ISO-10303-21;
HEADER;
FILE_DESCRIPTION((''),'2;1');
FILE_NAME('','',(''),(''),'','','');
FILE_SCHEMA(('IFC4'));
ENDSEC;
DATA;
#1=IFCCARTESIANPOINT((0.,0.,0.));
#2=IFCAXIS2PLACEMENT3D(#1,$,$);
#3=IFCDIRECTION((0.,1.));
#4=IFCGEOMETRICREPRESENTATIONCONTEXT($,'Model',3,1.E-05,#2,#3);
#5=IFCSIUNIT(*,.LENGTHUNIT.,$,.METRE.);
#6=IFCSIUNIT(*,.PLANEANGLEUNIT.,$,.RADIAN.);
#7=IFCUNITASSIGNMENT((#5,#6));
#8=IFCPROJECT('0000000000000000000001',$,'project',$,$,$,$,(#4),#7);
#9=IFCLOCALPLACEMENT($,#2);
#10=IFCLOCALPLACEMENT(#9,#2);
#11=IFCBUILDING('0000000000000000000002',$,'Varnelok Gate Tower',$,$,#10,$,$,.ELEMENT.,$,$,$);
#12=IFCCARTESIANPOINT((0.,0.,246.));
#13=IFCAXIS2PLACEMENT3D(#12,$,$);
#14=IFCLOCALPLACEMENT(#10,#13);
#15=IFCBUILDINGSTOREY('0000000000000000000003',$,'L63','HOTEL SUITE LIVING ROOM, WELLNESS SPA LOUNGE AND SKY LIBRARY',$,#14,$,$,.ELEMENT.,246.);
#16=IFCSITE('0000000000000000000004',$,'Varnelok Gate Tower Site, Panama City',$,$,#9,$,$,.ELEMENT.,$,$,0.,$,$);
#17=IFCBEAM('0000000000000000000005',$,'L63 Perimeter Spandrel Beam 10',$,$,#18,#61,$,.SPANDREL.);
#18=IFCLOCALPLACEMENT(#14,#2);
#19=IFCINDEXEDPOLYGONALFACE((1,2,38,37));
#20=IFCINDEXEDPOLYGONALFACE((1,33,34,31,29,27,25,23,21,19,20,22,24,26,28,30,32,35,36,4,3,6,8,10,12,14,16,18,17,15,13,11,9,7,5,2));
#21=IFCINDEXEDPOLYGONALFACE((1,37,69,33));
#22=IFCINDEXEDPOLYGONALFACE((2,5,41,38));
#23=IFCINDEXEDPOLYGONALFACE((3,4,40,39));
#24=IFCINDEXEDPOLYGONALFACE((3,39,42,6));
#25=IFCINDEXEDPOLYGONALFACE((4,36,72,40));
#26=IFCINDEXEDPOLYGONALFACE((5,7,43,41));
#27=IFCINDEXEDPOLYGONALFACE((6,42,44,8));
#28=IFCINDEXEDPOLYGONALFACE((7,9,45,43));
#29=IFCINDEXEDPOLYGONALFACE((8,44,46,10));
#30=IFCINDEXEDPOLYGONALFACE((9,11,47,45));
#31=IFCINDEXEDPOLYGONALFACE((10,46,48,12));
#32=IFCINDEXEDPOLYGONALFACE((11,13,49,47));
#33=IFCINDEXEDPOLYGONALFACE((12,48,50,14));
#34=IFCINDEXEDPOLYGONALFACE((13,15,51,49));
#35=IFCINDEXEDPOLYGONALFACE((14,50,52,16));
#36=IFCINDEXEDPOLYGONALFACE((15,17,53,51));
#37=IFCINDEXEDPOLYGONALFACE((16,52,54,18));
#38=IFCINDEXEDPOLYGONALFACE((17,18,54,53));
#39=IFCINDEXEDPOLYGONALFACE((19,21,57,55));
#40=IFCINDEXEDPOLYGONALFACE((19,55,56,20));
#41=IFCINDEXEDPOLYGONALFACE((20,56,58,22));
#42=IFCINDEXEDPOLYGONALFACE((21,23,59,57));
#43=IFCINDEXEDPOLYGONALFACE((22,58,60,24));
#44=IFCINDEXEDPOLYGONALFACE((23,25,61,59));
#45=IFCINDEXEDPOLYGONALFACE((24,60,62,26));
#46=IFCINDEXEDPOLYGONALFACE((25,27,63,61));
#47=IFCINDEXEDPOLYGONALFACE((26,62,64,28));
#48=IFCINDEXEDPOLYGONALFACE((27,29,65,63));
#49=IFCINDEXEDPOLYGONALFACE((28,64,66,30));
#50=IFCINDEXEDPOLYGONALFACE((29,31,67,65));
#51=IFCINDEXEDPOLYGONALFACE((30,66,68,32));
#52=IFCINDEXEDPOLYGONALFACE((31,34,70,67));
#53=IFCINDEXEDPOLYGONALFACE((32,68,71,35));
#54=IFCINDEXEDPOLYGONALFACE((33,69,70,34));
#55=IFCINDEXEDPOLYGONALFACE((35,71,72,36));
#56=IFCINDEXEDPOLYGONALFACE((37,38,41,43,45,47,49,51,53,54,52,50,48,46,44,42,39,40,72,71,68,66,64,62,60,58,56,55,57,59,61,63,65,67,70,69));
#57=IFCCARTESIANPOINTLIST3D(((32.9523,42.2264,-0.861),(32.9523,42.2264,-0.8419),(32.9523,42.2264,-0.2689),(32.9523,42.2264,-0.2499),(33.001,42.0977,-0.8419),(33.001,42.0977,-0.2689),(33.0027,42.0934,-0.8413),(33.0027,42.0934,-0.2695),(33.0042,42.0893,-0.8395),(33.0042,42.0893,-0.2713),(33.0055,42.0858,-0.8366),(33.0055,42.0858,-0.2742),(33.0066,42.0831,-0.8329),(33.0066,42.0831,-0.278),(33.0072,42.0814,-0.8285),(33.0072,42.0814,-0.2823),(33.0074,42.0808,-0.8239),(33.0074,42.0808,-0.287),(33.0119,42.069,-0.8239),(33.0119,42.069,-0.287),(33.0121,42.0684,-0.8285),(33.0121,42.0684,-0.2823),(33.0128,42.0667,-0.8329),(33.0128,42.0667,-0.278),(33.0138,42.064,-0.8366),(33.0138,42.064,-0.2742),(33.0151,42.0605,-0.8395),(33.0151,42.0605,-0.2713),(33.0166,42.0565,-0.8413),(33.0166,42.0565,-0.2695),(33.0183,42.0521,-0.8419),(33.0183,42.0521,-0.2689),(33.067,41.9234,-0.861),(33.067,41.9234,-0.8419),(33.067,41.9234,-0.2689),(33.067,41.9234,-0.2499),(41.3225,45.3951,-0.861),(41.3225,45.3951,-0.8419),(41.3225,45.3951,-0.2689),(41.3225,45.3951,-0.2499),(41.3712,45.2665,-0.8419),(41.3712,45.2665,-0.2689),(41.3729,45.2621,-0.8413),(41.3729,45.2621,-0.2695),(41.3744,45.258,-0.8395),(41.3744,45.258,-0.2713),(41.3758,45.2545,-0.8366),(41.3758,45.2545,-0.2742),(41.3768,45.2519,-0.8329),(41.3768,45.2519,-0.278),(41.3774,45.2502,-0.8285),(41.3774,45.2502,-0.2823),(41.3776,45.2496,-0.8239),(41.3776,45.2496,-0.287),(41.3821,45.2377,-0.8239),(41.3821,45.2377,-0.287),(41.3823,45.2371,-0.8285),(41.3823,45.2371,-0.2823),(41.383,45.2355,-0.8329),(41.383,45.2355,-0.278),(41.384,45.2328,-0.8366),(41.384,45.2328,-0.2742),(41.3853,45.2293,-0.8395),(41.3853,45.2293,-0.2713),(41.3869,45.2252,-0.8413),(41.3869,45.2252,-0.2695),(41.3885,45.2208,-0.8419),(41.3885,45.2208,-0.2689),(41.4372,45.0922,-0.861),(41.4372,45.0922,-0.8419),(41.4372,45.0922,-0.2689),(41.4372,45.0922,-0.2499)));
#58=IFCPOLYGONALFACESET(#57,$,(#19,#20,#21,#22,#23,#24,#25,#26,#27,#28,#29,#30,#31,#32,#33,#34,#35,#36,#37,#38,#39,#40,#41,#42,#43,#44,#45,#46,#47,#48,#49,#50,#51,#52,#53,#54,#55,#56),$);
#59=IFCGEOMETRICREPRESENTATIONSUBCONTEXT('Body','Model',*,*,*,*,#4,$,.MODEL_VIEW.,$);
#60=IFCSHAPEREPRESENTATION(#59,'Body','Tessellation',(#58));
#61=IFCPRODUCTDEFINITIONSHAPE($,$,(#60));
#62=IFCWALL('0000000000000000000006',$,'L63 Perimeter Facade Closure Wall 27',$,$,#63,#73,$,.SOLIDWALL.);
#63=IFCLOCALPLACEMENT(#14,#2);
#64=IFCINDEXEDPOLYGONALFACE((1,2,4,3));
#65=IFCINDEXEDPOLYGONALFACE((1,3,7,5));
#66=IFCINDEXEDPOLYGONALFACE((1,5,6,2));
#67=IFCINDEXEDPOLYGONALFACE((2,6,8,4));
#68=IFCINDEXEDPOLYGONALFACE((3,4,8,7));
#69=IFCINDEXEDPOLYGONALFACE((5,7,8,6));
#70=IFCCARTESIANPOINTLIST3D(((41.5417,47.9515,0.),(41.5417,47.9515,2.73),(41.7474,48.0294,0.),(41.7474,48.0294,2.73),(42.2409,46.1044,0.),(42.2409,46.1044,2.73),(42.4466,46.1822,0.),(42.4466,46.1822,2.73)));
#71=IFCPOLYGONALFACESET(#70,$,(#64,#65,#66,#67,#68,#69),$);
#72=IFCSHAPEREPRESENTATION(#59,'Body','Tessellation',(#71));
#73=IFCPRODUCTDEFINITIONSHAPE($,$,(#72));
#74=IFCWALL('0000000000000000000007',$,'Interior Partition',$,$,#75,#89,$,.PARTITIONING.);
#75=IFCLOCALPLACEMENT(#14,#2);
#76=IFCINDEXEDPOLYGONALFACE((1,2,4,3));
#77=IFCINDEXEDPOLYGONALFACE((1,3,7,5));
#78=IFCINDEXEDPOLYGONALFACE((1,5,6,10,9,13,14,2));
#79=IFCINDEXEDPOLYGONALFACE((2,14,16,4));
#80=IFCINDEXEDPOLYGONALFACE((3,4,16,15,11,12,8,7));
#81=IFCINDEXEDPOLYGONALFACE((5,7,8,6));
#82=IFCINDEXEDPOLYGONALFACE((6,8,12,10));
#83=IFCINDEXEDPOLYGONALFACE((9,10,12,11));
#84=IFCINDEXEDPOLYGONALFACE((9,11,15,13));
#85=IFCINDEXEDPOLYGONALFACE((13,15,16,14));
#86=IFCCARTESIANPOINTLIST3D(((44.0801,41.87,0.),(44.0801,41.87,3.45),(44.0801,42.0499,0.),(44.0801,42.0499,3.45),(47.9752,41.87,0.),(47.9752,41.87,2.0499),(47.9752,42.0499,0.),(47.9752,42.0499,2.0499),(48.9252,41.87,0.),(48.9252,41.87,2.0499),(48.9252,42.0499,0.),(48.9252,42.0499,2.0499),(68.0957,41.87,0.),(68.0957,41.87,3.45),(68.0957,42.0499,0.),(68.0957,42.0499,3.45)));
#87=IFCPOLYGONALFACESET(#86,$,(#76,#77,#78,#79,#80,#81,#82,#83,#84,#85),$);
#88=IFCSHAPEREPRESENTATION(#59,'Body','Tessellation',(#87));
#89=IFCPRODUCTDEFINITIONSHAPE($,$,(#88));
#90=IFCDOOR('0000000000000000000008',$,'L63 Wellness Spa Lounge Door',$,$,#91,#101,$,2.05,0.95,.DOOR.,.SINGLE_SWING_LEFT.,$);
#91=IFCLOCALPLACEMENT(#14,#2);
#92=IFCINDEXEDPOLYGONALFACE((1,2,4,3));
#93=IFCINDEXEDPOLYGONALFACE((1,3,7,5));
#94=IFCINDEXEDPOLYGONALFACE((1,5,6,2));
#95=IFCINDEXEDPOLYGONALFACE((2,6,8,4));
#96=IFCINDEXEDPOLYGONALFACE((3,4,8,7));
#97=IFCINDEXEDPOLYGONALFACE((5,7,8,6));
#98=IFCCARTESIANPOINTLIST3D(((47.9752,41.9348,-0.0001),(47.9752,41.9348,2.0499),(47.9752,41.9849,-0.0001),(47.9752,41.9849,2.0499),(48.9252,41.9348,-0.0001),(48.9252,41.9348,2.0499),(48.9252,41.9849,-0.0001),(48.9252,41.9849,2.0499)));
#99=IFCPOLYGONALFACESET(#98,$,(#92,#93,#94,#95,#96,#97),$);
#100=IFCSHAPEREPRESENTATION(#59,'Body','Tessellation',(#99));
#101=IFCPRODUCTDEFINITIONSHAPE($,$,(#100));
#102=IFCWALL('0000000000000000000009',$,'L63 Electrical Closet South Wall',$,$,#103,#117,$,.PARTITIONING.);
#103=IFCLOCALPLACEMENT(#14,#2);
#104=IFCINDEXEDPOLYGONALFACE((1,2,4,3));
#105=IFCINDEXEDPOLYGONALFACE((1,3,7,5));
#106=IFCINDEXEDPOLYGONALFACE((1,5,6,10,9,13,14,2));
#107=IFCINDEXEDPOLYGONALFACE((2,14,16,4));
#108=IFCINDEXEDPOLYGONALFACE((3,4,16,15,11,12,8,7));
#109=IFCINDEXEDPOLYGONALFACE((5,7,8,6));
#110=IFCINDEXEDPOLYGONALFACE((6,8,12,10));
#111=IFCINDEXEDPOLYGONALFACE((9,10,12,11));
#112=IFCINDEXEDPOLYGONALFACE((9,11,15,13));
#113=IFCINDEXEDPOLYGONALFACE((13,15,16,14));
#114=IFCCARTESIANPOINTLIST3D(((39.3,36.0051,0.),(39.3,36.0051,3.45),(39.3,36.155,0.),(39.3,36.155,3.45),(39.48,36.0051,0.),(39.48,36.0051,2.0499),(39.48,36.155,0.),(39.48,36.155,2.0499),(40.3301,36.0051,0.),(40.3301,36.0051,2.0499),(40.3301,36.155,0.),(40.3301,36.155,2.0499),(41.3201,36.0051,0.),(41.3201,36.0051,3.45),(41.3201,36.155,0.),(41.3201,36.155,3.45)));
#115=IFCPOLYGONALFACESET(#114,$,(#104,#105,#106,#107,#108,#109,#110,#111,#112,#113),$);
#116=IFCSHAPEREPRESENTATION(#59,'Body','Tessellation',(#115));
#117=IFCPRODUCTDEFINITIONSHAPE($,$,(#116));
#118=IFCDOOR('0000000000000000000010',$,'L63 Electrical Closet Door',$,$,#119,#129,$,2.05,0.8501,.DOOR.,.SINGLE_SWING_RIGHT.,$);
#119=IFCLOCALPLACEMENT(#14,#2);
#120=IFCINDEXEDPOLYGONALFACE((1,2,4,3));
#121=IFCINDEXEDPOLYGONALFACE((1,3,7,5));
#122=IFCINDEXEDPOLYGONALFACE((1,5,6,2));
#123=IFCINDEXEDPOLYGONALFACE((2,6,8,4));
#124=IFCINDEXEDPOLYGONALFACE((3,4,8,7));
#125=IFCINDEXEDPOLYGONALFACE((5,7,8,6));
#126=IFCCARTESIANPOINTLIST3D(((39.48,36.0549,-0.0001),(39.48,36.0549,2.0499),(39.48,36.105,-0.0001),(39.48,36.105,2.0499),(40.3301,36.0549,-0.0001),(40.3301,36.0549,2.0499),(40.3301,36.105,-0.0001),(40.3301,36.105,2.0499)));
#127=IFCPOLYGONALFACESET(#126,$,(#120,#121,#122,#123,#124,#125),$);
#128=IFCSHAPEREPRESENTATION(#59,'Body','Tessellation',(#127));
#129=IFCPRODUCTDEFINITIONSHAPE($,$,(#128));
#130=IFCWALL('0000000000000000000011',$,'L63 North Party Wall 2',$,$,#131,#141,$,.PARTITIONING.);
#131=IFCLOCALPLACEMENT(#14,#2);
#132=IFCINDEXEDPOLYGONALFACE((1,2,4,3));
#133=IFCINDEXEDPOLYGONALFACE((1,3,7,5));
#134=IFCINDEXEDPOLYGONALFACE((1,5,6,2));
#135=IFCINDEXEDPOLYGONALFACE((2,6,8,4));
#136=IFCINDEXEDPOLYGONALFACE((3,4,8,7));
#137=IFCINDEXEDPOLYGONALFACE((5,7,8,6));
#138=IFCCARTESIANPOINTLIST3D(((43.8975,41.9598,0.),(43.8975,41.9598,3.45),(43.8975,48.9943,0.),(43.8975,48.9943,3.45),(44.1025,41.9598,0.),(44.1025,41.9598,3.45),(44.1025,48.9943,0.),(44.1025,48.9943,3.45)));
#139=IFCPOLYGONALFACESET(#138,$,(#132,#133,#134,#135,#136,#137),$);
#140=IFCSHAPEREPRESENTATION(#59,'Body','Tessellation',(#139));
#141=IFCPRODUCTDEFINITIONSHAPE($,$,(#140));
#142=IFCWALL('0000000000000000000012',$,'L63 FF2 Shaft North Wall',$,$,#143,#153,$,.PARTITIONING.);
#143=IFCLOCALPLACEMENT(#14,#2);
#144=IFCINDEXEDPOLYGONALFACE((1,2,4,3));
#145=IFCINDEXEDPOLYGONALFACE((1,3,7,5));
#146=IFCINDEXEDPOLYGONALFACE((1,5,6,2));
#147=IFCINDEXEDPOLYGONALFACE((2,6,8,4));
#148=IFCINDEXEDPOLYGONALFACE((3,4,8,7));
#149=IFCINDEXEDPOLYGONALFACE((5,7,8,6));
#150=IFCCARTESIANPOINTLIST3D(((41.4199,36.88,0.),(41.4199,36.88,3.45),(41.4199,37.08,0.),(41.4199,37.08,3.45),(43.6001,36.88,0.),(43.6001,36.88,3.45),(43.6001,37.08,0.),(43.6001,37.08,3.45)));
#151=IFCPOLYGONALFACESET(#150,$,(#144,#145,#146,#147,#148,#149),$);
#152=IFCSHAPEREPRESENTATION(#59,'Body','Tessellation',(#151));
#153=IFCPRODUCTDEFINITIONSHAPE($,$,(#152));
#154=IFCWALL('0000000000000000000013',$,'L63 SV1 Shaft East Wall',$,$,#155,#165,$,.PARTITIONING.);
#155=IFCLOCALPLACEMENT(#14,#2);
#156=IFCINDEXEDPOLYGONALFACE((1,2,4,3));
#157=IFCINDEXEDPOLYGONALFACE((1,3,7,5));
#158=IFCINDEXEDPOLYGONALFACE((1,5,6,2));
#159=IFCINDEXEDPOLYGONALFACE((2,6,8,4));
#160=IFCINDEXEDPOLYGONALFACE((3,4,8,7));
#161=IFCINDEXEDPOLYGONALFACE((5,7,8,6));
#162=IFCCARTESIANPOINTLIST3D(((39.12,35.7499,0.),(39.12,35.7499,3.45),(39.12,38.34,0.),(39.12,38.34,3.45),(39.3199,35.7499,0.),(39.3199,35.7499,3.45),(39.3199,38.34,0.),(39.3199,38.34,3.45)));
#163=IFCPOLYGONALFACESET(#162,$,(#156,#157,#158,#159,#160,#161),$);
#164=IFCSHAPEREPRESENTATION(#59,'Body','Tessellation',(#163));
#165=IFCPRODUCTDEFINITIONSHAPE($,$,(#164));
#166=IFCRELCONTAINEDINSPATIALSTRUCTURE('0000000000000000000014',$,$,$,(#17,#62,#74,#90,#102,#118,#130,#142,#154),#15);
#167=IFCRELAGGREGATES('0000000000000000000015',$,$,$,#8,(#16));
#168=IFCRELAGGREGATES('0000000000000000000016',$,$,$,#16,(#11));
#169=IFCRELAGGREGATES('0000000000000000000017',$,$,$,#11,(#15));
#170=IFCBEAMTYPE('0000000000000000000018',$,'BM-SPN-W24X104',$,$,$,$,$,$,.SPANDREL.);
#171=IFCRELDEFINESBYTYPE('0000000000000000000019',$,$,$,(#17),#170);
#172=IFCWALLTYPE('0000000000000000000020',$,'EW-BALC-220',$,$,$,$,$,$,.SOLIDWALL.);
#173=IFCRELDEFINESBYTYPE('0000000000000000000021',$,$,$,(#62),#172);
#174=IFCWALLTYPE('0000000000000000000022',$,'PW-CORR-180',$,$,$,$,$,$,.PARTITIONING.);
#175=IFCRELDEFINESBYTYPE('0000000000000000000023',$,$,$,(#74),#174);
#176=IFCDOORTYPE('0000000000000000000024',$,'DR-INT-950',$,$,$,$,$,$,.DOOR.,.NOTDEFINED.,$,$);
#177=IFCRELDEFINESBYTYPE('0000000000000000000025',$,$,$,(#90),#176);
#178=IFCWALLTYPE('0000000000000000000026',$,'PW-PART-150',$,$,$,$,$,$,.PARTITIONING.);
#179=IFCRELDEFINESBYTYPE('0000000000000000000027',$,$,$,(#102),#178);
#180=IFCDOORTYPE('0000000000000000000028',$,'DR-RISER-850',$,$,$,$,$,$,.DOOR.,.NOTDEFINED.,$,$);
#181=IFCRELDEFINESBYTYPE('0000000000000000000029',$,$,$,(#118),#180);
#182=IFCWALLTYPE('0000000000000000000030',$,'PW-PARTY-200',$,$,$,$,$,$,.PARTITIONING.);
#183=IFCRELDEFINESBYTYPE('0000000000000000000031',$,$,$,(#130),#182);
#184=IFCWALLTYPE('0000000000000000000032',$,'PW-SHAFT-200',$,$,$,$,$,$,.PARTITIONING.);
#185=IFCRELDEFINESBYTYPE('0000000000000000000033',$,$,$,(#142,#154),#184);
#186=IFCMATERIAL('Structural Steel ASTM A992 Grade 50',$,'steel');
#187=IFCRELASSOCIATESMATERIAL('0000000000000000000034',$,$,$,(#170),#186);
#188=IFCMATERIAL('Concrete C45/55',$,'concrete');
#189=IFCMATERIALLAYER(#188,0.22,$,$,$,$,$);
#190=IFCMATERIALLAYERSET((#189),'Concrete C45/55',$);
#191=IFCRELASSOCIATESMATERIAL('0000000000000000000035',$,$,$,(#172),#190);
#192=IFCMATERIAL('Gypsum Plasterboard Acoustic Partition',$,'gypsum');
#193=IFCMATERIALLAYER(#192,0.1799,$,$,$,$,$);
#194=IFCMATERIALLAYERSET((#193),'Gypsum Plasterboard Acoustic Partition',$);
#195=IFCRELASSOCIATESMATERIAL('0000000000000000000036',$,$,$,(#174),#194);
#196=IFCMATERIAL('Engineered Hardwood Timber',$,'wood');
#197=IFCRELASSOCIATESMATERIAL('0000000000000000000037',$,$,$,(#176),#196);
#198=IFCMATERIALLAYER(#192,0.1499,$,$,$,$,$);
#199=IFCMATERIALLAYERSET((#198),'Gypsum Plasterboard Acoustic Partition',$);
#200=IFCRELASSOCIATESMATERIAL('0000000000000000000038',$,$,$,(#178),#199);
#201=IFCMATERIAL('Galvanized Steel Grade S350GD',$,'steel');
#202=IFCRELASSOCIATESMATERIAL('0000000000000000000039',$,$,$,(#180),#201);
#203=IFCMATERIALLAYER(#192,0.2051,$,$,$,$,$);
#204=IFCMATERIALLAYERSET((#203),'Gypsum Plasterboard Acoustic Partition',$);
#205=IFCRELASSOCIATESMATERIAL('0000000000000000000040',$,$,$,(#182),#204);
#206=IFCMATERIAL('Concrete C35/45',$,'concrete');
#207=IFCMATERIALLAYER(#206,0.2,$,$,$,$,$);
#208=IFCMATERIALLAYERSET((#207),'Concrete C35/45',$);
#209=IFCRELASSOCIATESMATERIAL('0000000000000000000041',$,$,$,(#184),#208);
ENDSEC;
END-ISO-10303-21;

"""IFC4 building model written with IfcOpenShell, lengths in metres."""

from ifc_helpers import new_model, si_unit, direction, frame, frame_2d, origin, origin_2d, place, context, subcontext, project, spatial, rectangle, i_section, extrude, material, layer, layer_set, material_profile, profile_set, type_object, element, fill, save


model = new_model("IFC4")

# Units and contexts
model_context = context("Model", 3, precision=1e-05, world=origin(), true_north=direction((0.0, 1.0)))
body_context = subcontext(model_context, "Body", "Model", "MODEL_VIEW")
ifc_project = project(units=[si_unit("LENGTHUNIT", "METRE"), si_unit("PLANEANGLEUNIT", "RADIAN")], contexts=[model_context])

# Site, building, storey
site_placement = place(None, origin())
site = spatial("IfcSite", under=ifc_project, at=site_placement, Name="Varnelok Gate Tower Site, Panama City", CompositionType="ELEMENT", RefElevation=0.0)
building_placement = place(site_placement, origin())
building = spatial("IfcBuilding", under=site, at=building_placement, Name="Varnelok Gate Tower", CompositionType="ELEMENT")
storey_placement = place(building_placement, frame((0.0, 0.0, 246.0)))
storey = spatial("IfcBuildingStorey", under=building, at=storey_placement, Name="L63", Description="HOTEL SUITE LIVING ROOM, WELLNESS SPA LOUNGE AND SKY LIBRARY", CompositionType="ELEMENT", Elevation=246.0)

# Shared definitions
ifc_material_1 = material(Name="Structural Steel ASTM A992 Grade 50", Category="steel")

# Beam
ifc_material_profile_1 = material_profile(ifc_material_1, i_section(OverallWidth=0.324, OverallDepth=0.6111, WebThickness=0.0127, FlangeThickness=0.019, FilletRadius=0.0181, at=origin_2d()), Name="W24X104")
ifc_profile_set_1 = profile_set([ifc_material_profile_1], Name="Structural Steel ASTM A992 Grade 50")
beam_type_1 = type_object("IfcBeamType", Name="BM-SPN-W24X104", PredefinedType="SPANDREL", material=ifc_profile_set_1)
beam_1_placement = place(storey_placement, frame((41.3799, 45.2437, -0.5554), z_axis=(-0.935226, -0.354051, 0.0), x_axis=(0.354051, -0.935226, 0.0)))
element("IfcBeam", 1, at=beam_1_placement, inside=storey, type_object=beam_type_1, Name="L63 Perimeter Spandrel Beam 10", PredefinedType="SPANDREL", context=body_context, shape_type="SweptSolid", body=[
    extrude(i_section(OverallWidth=0.324, OverallDepth=0.6111, WebThickness=0.0127, FlangeThickness=0.019, FilletRadius=0.0181, at=origin_2d()), origin(), (0.0, 0.0, 1.0), 8.95),
])

# Wall
ifc_material_2 = material(Name="Concrete C45/55", Category="concrete")
ifc_layer_1 = layer(ifc_material_2, 0.22)
ifc_layer_set_1 = layer_set([ifc_layer_1], Name="Concrete C45/55")
wall_type_1 = type_object("IfcWallType", Name="EW-BALC-220", PredefinedType="SOLIDWALL", material=ifc_layer_set_1)
wall_1_placement = place(storey_placement, frame((41.6445, 47.9905, 0.0), z_axis=(0.0, 0.0, 1.0), x_axis=(0.354021, -0.935238, 0.0)))
element("IfcWall", 2, at=wall_1_placement, inside=storey, type_object=wall_type_1, Name="L63 Perimeter Facade Closure Wall 27", PredefinedType="SOLIDWALL", context=body_context, shape_type="SweptSolid", body=[
    extrude(rectangle(XDim=1.9751, YDim=0.22, at=frame_2d((0.9875, 0.0))), origin(), (0.0, 0.0, 1.0), 2.73),
])

# Walls, openings, doors
ifc_material_3 = material(Name="Gypsum Plasterboard Acoustic Partition", Category="gypsum")
ifc_layer_2 = layer(ifc_material_3, 0.1799)
ifc_layer_set_2 = layer_set([ifc_layer_2], Name="Gypsum Plasterboard Acoustic Partition")
wall_type_2 = type_object("IfcWallType", Name="PW-CORR-180", PredefinedType="PARTITIONING", material=ifc_layer_set_2)
wall_2_placement = place(storey_placement, frame((44.0801, 41.96, 0.0), z_axis=(0.0, 0.0, 1.0), x_axis=(1.0, 0.0, 0.0)))
wall_2 = element("IfcWall", 3, at=wall_2_placement, inside=storey, type_object=wall_type_2, Name="Interior Partition", PredefinedType="PARTITIONING", context=body_context, shape_type="SweptSolid", body=[
    extrude(rectangle(XDim=24.0156, YDim=0.1799, at=frame_2d((12.0078, 0.0))), origin(), (0.0, 0.0, 1.0), 3.45),
])
opening_1_placement = place(wall_2_placement, frame((3.895, 0.0, 0.0)))
opening_1 = element("IfcOpeningElement", 4, at=opening_1_placement, cuts=wall_2, PredefinedType="OPENING", context=body_context, shape_type="SweptSolid", body=[
    extrude(rectangle(XDim=0.95, YDim=2.05, at=frame_2d((0.4751, 1.0249))), frame((0.0, 0.0999, 0.0), z_axis=(0.0, -1.0, 0.0), x_axis=(1.0, 0.0, 0.0)), (0.0, 0.0, 1.0), 0.2),
])
ifc_material_4 = material(Name="Engineered Hardwood Timber", Category="wood")
door_type_1 = type_object("IfcDoorType", Name="DR-INT-950", OperationType="NOTDEFINED", PredefinedType="DOOR", material=ifc_material_4)
door_1_placement = place(opening_1_placement, origin())
door_1 = element("IfcDoor", 5, at=door_1_placement, inside=storey, type_object=door_type_1, Name="L63 Wellness Spa Lounge Door", OperationType="SINGLE_SWING_LEFT", OverallHeight=2.05, OverallWidth=0.95, PredefinedType="DOOR", context=body_context, shape_type="SweptSolid", body=[
    extrude(rectangle(XDim=0.95, YDim=2.05, at=frame_2d((0.4751, 1.0249))), frame((0.0, 0.0249, 0.0), z_axis=(0.0, -1.0, 0.0), x_axis=(1.0, 0.0, 0.0)), (0.0, 0.0, 1.0), 0.05),
])
fill(opening_1, door_1)
ifc_layer_3 = layer(ifc_material_3, 0.1499)
ifc_layer_set_3 = layer_set([ifc_layer_3], Name="Gypsum Plasterboard Acoustic Partition")
wall_type_3 = type_object("IfcWallType", Name="PW-PART-150", PredefinedType="PARTITIONING", material=ifc_layer_set_3)
wall_3_placement = place(storey_placement, frame((39.3, 36.0801, 0.0), z_axis=(0.0, 0.0, 1.0), x_axis=(1.0, 0.0, 0.0)))
wall_3 = element("IfcWall", 6, at=wall_3_placement, inside=storey, type_object=wall_type_3, Name="L63 Electrical Closet South Wall", PredefinedType="PARTITIONING", context=body_context, shape_type="SweptSolid", body=[
    extrude(rectangle(XDim=2.02, YDim=0.1499, at=frame_2d((1.01, 0.0))), origin(), (0.0, 0.0, 1.0), 3.45),
])
opening_2_placement = place(wall_3_placement, frame((0.1799, 0.0, 0.0)))
opening_2 = element("IfcOpeningElement", 7, at=opening_2_placement, cuts=wall_3, PredefinedType="OPENING", context=body_context, shape_type="SweptSolid", body=[
    extrude(rectangle(XDim=0.8501, YDim=2.05, at=frame_2d((0.425, 1.0249))), frame((0.0, 0.085, 0.0), z_axis=(0.0, -1.0, 0.0), x_axis=(1.0, 0.0, 0.0)), (0.0, 0.0, 1.0), 0.1699),
])
ifc_material_5 = material(Name="Galvanized Steel Grade S350GD", Category="steel")
door_type_2 = type_object("IfcDoorType", Name="DR-RISER-850", OperationType="NOTDEFINED", PredefinedType="DOOR", material=ifc_material_5)
door_2_placement = place(opening_2_placement, origin())
door_2 = element("IfcDoor", 8, at=door_2_placement, inside=storey, type_object=door_type_2, Name="L63 Electrical Closet Door", OperationType="SINGLE_SWING_RIGHT", OverallHeight=2.05, OverallWidth=0.8501, PredefinedType="DOOR", context=body_context, shape_type="SweptSolid", body=[
    extrude(rectangle(XDim=0.8501, YDim=2.05, at=frame_2d((0.425, 1.0249))), frame((0.0, 0.0249, 0.0), z_axis=(0.0, -1.0, 0.0), x_axis=(1.0, 0.0, 0.0)), (0.0, 0.0, 1.0), 0.05),
])
fill(opening_2, door_2)

# Walls
ifc_layer_4 = layer(ifc_material_3, 0.2051)
ifc_layer_set_4 = layer_set([ifc_layer_4], Name="Gypsum Plasterboard Acoustic Partition")
wall_type_4 = type_object("IfcWallType", Name="PW-PARTY-200", PredefinedType="PARTITIONING", material=ifc_layer_set_4)
wall_4_placement = place(storey_placement, frame((44.0, 41.96, 0.0), z_axis=(0.0, 0.0, 1.0), x_axis=(0.0, 1.0, 0.0)))
element("IfcWall", 9, at=wall_4_placement, inside=storey, type_object=wall_type_4, Name="L63 North Party Wall 2", PredefinedType="PARTITIONING", context=body_context, shape_type="SweptSolid", body=[
    extrude(rectangle(XDim=7.0344, YDim=0.2051, at=frame_2d((3.5171, 0.0))), origin(), (0.0, 0.0, 1.0), 3.45),
])
ifc_material_6 = material(Name="Concrete C35/45", Category="concrete")
ifc_layer_5 = layer(ifc_material_6, 0.2)
ifc_layer_set_5 = layer_set([ifc_layer_5], Name="Concrete C35/45")
wall_type_5 = type_object("IfcWallType", Name="PW-SHAFT-200", PredefinedType="PARTITIONING", material=ifc_layer_set_5)
wall_5_placement = place(storey_placement, frame((41.4199, 36.98, 0.0), z_axis=(0.0, 0.0, 1.0), x_axis=(1.0, 0.0, 0.0)))
element("IfcWall", 10, at=wall_5_placement, inside=storey, type_object=wall_type_5, Name="L63 FF2 Shaft North Wall", PredefinedType="PARTITIONING", context=body_context, shape_type="SweptSolid", body=[
    extrude(rectangle(XDim=2.1802, YDim=0.2, at=frame_2d((1.0901, 0.0))), origin(), (0.0, 0.0, 1.0), 3.45),
])
wall_6_placement = place(storey_placement, frame((39.22, 35.75, 0.0), z_axis=(0.0, 0.0, 1.0), x_axis=(0.0, 1.0, 0.0)))
element("IfcWall", 11, at=wall_6_placement, inside=storey, type_object=wall_type_5, Name="L63 SV1 Shaft East Wall", PredefinedType="PARTITIONING", context=body_context, shape_type="SweptSolid", body=[
    extrude(rectangle(XDim=2.5901, YDim=0.2, at=frame_2d((1.2949, 0.0))), origin(), (0.0, 0.0, 1.0), 3.45),
])

save(model, "model.ifc")
